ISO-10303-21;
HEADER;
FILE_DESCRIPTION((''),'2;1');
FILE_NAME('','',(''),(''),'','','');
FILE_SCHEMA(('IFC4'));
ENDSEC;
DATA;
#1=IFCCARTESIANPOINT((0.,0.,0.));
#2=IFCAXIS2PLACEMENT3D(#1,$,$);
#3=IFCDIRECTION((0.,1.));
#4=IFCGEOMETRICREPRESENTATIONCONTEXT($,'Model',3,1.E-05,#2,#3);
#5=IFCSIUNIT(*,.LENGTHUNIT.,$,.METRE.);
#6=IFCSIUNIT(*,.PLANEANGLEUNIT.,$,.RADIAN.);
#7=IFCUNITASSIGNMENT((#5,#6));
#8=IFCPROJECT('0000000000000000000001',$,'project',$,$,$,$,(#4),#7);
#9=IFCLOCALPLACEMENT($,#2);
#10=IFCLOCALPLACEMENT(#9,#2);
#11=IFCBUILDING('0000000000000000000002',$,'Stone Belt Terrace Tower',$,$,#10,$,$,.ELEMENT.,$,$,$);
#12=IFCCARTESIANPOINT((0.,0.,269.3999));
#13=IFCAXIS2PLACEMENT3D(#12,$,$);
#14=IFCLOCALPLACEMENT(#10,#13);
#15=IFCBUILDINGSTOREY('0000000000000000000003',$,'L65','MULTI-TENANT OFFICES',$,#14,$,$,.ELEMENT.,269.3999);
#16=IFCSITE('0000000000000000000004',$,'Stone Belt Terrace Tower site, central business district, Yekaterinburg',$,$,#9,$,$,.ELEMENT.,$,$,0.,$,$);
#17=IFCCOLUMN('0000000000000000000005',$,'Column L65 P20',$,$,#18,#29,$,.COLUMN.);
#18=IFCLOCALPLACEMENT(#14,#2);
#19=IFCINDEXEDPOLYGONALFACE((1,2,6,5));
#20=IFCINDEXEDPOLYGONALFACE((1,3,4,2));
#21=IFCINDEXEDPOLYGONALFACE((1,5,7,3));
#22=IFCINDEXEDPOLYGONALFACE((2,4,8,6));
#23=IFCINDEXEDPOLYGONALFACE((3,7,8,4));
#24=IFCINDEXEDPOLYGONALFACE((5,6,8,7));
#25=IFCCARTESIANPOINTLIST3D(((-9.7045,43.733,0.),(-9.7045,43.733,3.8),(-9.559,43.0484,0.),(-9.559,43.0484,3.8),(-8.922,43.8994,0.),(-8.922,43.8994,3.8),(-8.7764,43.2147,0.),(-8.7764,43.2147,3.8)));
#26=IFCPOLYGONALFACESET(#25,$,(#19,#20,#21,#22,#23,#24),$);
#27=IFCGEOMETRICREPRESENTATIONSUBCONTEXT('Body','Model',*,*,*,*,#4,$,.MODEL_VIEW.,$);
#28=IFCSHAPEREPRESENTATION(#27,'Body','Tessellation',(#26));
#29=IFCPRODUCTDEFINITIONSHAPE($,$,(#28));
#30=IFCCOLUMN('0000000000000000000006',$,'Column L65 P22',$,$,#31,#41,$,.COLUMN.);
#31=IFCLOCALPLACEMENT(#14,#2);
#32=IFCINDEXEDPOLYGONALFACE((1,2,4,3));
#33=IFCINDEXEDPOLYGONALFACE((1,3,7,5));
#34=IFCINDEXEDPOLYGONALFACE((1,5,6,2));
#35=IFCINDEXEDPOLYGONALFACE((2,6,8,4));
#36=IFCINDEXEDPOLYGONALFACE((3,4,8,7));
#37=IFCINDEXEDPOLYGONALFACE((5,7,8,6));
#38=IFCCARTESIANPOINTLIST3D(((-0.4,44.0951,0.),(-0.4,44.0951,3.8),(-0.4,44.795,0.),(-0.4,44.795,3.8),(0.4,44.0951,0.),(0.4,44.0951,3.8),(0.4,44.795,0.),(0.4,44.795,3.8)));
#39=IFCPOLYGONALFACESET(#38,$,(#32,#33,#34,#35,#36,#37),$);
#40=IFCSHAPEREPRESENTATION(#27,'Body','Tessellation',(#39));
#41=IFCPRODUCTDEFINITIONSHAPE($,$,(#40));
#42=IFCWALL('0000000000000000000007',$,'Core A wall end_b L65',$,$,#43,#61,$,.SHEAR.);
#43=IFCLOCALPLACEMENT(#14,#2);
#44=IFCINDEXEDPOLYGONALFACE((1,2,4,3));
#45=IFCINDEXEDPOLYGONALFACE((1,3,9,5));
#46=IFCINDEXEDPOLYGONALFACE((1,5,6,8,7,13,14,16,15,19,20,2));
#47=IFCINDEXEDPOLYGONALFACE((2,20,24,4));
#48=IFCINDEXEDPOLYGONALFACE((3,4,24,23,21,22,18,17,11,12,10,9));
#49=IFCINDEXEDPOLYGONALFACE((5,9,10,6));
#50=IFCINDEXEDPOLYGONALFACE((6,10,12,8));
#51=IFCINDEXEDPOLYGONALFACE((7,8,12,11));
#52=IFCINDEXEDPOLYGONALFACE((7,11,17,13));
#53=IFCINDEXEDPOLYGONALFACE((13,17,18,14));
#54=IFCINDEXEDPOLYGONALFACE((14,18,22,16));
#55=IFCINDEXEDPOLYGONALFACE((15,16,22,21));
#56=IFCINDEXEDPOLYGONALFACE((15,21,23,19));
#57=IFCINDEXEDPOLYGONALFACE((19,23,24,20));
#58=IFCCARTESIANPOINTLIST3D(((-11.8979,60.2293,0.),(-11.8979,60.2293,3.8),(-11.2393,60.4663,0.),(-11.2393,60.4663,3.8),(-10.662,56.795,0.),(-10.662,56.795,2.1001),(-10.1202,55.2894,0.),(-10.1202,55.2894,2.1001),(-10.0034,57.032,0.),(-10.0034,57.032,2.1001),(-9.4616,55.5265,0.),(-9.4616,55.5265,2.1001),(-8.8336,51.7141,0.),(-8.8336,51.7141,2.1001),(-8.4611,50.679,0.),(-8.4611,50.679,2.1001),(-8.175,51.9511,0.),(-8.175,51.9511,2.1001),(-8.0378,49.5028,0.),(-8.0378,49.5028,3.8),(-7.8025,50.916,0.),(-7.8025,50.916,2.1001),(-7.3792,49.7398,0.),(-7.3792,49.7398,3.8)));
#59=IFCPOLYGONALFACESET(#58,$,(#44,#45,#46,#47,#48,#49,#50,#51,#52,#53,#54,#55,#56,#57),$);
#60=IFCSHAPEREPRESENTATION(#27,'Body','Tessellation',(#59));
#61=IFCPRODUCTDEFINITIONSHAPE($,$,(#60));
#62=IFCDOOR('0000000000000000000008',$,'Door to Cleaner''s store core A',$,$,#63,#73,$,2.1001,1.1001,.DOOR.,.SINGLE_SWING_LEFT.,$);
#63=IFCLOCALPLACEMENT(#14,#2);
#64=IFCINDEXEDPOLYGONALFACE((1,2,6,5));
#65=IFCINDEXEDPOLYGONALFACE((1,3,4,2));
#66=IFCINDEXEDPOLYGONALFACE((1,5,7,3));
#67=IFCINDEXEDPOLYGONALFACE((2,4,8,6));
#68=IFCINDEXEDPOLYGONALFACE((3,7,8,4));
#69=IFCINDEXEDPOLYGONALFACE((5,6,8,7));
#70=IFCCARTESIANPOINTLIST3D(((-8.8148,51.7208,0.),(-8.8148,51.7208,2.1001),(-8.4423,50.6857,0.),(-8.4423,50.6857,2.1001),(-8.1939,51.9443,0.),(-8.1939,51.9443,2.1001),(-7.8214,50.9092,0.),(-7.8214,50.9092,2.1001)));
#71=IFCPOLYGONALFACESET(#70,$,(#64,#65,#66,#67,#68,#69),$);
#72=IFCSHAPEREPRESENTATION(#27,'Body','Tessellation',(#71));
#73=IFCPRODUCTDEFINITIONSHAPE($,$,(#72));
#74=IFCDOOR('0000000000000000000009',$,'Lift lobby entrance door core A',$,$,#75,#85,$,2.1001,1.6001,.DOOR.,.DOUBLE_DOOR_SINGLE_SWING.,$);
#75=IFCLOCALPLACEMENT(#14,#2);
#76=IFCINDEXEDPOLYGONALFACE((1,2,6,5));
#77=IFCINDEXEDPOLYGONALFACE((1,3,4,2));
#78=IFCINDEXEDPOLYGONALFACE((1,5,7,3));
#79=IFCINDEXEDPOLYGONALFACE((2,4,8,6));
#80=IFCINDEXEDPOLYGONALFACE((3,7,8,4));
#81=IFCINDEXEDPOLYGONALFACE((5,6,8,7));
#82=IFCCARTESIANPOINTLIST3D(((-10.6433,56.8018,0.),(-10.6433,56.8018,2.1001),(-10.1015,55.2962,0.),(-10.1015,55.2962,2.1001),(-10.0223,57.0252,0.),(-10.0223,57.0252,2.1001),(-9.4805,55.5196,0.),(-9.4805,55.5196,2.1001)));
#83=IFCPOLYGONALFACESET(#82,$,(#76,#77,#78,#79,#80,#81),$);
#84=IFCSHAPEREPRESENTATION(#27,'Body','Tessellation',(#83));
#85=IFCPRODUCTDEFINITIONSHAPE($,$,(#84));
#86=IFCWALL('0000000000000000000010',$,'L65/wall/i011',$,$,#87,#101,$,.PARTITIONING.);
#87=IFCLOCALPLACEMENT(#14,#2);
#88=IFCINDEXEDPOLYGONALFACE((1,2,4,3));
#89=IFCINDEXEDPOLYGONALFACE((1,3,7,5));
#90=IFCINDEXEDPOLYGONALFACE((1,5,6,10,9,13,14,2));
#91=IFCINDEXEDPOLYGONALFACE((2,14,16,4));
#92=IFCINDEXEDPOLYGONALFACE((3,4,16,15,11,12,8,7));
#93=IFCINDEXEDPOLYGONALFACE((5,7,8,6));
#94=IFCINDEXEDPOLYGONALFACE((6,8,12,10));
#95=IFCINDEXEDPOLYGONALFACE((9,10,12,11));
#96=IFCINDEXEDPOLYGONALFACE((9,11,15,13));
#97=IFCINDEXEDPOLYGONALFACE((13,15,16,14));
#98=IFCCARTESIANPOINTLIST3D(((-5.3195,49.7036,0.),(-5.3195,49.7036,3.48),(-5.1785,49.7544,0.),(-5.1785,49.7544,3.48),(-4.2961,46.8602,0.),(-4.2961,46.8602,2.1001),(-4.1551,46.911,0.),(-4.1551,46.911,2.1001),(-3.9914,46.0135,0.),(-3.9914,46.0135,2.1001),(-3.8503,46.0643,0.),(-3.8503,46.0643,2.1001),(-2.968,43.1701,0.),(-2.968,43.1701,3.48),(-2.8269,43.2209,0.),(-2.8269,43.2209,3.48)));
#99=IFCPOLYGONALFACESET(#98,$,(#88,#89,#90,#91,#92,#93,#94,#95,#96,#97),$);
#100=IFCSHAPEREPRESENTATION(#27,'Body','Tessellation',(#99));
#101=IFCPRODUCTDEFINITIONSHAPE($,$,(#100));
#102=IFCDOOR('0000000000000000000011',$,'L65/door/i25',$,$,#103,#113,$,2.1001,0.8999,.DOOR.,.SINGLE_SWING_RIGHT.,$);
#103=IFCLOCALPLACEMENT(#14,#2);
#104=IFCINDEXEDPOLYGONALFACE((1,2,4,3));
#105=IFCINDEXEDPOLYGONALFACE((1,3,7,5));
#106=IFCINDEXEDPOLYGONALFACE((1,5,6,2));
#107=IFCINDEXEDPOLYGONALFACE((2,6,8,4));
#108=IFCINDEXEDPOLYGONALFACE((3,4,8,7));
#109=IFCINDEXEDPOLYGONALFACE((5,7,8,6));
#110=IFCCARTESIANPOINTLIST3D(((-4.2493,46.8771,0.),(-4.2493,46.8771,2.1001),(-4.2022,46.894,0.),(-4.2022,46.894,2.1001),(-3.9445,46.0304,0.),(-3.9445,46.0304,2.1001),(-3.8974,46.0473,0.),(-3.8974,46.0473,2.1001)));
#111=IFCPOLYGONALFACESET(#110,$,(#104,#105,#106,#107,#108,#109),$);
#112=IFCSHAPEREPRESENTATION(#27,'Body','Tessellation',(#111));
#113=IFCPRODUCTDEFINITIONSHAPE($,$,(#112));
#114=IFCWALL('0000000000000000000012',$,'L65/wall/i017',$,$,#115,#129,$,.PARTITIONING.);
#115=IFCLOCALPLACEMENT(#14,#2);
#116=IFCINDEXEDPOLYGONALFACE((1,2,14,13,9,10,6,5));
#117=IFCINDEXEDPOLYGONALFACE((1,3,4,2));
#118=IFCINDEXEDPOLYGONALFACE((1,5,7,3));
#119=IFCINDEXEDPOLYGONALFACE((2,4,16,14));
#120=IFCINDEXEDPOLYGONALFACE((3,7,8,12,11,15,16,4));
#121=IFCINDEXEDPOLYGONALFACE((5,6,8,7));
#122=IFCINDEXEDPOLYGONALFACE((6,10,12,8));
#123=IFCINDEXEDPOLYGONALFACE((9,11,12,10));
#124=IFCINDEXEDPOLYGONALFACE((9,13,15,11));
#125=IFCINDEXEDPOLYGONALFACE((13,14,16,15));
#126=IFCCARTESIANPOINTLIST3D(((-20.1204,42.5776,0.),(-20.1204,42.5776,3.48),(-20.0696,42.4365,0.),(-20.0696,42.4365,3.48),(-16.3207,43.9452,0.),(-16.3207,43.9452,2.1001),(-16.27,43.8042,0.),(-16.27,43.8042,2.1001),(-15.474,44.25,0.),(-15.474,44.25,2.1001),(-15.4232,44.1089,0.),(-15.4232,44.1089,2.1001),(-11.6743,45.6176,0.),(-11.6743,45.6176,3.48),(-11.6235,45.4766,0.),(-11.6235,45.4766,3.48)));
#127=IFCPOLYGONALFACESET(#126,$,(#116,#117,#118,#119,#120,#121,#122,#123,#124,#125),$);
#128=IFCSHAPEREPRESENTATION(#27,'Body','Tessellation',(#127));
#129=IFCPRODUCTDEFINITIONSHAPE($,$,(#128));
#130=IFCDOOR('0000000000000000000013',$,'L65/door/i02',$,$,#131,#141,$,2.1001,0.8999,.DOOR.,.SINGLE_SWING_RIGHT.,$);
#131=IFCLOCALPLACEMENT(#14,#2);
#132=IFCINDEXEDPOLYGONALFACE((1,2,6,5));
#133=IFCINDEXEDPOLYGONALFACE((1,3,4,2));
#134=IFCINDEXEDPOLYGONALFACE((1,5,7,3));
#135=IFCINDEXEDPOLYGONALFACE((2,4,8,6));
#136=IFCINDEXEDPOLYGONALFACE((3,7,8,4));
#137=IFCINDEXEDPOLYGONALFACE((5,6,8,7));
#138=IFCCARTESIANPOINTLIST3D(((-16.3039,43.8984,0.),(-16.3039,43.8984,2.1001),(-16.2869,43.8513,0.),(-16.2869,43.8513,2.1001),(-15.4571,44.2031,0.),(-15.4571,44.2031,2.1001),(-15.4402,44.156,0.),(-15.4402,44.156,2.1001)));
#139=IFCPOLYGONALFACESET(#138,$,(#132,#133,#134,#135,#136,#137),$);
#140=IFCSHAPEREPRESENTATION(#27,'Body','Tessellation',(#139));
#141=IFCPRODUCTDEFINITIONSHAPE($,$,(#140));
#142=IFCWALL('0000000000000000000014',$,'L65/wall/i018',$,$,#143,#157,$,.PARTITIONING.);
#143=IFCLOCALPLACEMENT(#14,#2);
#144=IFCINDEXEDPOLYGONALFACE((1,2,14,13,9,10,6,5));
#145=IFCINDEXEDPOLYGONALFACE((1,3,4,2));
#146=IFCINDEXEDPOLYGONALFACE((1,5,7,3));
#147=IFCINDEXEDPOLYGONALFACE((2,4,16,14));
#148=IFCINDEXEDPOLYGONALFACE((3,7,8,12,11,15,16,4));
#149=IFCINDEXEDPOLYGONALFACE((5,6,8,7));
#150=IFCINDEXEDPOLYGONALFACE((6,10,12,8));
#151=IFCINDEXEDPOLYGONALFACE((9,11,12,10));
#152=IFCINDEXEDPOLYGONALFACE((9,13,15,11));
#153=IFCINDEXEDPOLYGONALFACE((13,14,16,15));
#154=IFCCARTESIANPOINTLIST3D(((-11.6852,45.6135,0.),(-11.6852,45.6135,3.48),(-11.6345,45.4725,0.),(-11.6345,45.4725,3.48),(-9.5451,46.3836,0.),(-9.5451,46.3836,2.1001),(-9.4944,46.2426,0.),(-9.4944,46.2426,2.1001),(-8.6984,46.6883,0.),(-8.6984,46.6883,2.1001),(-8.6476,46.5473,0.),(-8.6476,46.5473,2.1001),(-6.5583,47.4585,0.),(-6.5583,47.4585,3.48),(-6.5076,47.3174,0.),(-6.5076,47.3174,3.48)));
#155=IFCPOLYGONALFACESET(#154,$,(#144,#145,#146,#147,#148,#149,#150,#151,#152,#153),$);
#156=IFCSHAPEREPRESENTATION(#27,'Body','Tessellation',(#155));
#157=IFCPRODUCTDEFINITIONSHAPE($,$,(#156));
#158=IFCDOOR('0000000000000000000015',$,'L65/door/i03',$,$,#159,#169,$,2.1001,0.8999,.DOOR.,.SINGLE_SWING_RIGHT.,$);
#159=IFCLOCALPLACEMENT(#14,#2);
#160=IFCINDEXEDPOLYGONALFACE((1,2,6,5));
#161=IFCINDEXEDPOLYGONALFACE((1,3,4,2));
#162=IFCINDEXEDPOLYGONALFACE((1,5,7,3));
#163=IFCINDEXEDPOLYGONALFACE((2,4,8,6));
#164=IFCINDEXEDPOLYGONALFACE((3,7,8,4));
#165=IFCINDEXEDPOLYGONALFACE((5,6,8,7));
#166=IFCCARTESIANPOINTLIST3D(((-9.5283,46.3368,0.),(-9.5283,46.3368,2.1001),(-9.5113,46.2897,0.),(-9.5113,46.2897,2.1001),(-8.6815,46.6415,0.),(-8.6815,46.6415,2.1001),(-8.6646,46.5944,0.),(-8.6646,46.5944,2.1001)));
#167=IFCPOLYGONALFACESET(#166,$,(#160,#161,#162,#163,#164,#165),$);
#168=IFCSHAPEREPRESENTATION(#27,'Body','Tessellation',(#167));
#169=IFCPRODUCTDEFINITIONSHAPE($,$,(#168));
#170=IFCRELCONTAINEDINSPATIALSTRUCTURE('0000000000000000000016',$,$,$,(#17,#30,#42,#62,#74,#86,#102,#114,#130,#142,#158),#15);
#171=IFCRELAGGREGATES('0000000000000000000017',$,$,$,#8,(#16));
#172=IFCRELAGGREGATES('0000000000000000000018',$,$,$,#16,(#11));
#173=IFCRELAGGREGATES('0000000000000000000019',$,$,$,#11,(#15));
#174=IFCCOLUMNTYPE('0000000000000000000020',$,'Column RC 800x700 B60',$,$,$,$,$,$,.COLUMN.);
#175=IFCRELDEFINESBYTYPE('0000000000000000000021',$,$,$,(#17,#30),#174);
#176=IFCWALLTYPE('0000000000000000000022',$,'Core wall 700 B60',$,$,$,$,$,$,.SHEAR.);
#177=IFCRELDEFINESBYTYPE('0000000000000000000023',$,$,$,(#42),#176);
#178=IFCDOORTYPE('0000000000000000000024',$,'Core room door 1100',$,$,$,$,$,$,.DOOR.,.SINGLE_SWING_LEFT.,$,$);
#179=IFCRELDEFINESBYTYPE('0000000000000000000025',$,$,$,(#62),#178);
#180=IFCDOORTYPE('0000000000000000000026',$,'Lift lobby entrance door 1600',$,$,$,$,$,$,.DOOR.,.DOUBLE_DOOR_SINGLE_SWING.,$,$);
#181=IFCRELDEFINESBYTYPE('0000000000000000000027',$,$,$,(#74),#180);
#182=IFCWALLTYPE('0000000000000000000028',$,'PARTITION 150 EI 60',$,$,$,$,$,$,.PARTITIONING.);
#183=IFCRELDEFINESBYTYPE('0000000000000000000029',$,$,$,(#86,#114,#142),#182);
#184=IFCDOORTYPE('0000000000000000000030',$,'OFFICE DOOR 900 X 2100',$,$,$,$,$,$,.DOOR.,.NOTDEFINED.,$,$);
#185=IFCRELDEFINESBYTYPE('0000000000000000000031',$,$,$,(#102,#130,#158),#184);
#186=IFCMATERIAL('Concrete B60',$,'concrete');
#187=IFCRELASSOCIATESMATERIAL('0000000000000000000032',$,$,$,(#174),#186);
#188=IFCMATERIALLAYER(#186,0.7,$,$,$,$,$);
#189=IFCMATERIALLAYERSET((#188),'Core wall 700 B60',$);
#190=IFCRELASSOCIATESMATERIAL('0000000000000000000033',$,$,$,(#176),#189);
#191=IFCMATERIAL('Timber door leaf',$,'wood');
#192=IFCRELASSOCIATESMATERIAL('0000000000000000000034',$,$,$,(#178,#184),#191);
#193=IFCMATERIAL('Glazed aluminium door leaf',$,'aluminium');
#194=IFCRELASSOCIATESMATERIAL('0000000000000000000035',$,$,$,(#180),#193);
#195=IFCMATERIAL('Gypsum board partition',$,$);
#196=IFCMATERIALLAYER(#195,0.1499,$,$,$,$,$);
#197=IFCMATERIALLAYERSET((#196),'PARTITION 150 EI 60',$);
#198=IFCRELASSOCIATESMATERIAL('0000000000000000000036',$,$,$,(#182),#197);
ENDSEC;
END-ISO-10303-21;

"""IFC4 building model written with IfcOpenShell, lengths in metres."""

from ifc_helpers import new_model, si_unit, direction, frame, frame_2d, origin, origin_2d, place, context, subcontext, project, spatial, rectangle, extrude, material, layer, layer_set, material_profile, profile_set, type_object, element, fill, save


model = new_model("IFC4")

# Units and contexts
model_context = context("Model", 3, precision=1e-05, world=origin(), true_north=direction((0.0, 1.0)))
body_context = subcontext(model_context, "Body", "Model", "MODEL_VIEW")
ifc_project = project(units=[si_unit("LENGTHUNIT", "METRE"), si_unit("PLANEANGLEUNIT", "RADIAN")], contexts=[model_context])

# Site, building, storey
site_placement = place(None, origin())
site = spatial("IfcSite", under=ifc_project, at=site_placement, Name="Stone Belt Terrace Tower site, central business district, Yekaterinburg", CompositionType="ELEMENT", RefElevation=0.0)
building_placement = place(site_placement, origin())
building = spatial("IfcBuilding", under=site, at=building_placement, Name="Stone Belt Terrace Tower", CompositionType="ELEMENT")
storey_placement = place(building_placement, frame((0.0, 0.0, 269.3999)))
storey = spatial("IfcBuildingStorey", under=building, at=storey_placement, Name="L65", Description="MULTI-TENANT OFFICES", CompositionType="ELEMENT", Elevation=269.3999)

# Columns
ifc_material_1 = material(Name="Concrete B60", Category="concrete")
ifc_material_profile = material_profile(ifc_material_1, rectangle(XDim=0.8, YDim=0.7, at=origin_2d()), Name="RC 800x700")
ifc_profile_set = profile_set([ifc_material_profile], Name="Concrete B60")
column_type = type_object("IfcColumnType", Name="Column RC 800x700 B60", PredefinedType="COLUMN", material=ifc_profile_set)
for number, where, z_axis, x_axis, name in (
    (1, (-9.2405, 43.4739, 0.0), (0.0, 0.0, 1.0), (0.978148, 0.207912, 0.0), "Column L65 P20"),
    (2, (0.0, 44.4451, 0.0), (0.0, 0.0, 1.0), (1.0, 0.0, 0.0), "Column L65 P22"),
):
    element("IfcColumn", number, at=place(storey_placement, frame(where, z_axis=z_axis, x_axis=x_axis)), inside=storey, type_object=column_type, Name=name, PredefinedType="COLUMN", context=body_context, shape_type="SweptSolid", body=[
        extrude(rectangle(XDim=0.8, YDim=0.7, at=origin_2d()), origin(), (0.0, 0.0, 1.0), 3.8),
    ])

# Wall, openings, doors
ifc_layer_1 = layer(ifc_material_1, 0.7)
ifc_layer_set_1 = layer_set([ifc_layer_1], Name="Core wall 700 B60")
wall_type_1 = type_object("IfcWallType", Name="Core wall 700 B60", PredefinedType="SHEAR", material=ifc_layer_set_1)
wall_1_placement = place(storey_placement, frame((-7.7085, 49.6213, 0.0), z_axis=(0.0, 0.0, 1.0), x_axis=(-0.338606, 0.940928, 0.0)))
wall_1 = element("IfcWall", 3, at=wall_1_placement, inside=storey, type_object=wall_type_1, Name="Core A wall end_b L65", PredefinedType="SHEAR", context=body_context, shape_type="SweptSolid", body=[
    extrude(rectangle(XDim=11.3999, YDim=0.7, at=frame_2d((5.7, 0.0))), origin(), (0.0, 0.0, 1.0), 3.8),
])
opening_1_placement = place(wall_1_placement, frame((6.1499, 0.0, 0.0)))
opening_1 = element("IfcOpeningElement", 4, at=opening_1_placement, cuts=wall_1, PredefinedType="OPENING", context=body_context, shape_type="SweptSolid", body=[
    extrude(rectangle(XDim=1.6001, YDim=2.1001, at=frame_2d((0.8, 1.05))), frame((0.0, 0.3599, 0.0), z_axis=(0.0, -1.0, 0.0), x_axis=(1.0, 0.0, 0.0)), (0.0, 0.0, 1.0), 0.72),
])
opening_2_placement = place(wall_1_placement, frame((1.25, 0.0, 0.0)))
opening_2 = element("IfcOpeningElement", 5, at=opening_2_placement, cuts=wall_1, PredefinedType="OPENING", context=body_context, shape_type="SweptSolid", body=[
    extrude(rectangle(XDim=1.1001, YDim=2.1001, at=frame_2d((0.55, 1.05))), frame((0.0, 0.3599, 0.0), z_axis=(0.0, -1.0, 0.0), x_axis=(1.0, 0.0, 0.0)), (0.0, 0.0, 1.0), 0.72),
])
ifc_material_2 = material(Name="Timber door leaf", Category="wood")
door_type_1 = type_object("IfcDoorType", Name="Core room door 1100", OperationType="SINGLE_SWING_LEFT", PredefinedType="DOOR", material=ifc_material_2)
door_1_placement = place(opening_2_placement, origin())
door_1 = element("IfcDoor", 6, at=door_1_placement, inside=storey, type_object=door_type_1, Name="Door to Cleaner's store core A", OperationType="SINGLE_SWING_LEFT", OverallHeight=2.1001, OverallWidth=1.1001, PredefinedType="DOOR", context=body_context, shape_type="SweptSolid", body=[
    extrude(rectangle(XDim=1.1001, YDim=2.1001, at=frame_2d((0.55, 1.05))), frame((0.0, 0.3301, 0.0), z_axis=(0.0, -1.0, 0.0), x_axis=(1.0, 0.0, 0.0)), (0.0, 0.0, 1.0), 0.6599),
])
fill(opening_2, door_1)
ifc_material_3 = material(Name="Glazed aluminium door leaf", Category="aluminium")
door_type_2 = type_object("IfcDoorType", Name="Lift lobby entrance door 1600", OperationType="DOUBLE_DOOR_SINGLE_SWING", PredefinedType="DOOR", material=ifc_material_3)
door_2_placement = place(opening_1_placement, origin())
door_2 = element("IfcDoor", 7, at=door_2_placement, inside=storey, type_object=door_type_2, Name="Lift lobby entrance door core A", OperationType="DOUBLE_DOOR_SINGLE_SWING", OverallHeight=2.1001, OverallWidth=1.6001, PredefinedType="DOOR", context=body_context, shape_type="SweptSolid", body=[
    extrude(rectangle(XDim=1.6001, YDim=2.1001, at=frame_2d((0.8, 1.05))), frame((0.0, 0.3301, 0.0), z_axis=(0.0, -1.0, 0.0), x_axis=(1.0, 0.0, 0.0)), (0.0, 0.0, 1.0), 0.6599),
])
fill(opening_1, door_2)

# Walls, openings, doors
ifc_material_4 = material(Name="Gypsum board partition")
ifc_layer_2 = layer(ifc_material_4, 0.1499)
ifc_layer_set_2 = layer_set([ifc_layer_2], Name="PARTITION 150 EI 60")
wall_type_2 = type_object("IfcWallType", Name="PARTITION 150 EI 60", PredefinedType="PARTITIONING", material=ifc_layer_set_2)
wall_2_placement = place(storey_placement, frame((-5.249, 49.729, 0.0), z_axis=(0.0, 0.0, 1.0), x_axis=(0.338658, -0.940909, 0.0)))
wall_2 = element("IfcWall", 8, at=wall_2_placement, inside=storey, type_object=wall_type_2, Name="L65/wall/i011", PredefinedType="PARTITIONING", context=body_context, shape_type="SweptSolid", body=[
    extrude(rectangle(XDim=6.9438, YDim=0.1499, at=frame_2d((3.4719, 0.0))), origin(), (0.0, 0.0, 1.0), 3.48),
])
opening_3_placement = place(wall_2_placement, frame((3.022, 0.0, 0.0)))
opening_3 = element("IfcOpeningElement", 9, at=opening_3_placement, cuts=wall_2, PredefinedType="OPENING", context=body_context, shape_type="SweptSolid", body=[
    extrude(rectangle(XDim=0.8999, YDim=2.1001, at=frame_2d((0.45, 1.05))), frame((0.0, 0.085, 0.0), z_axis=(0.0, -1.0, 0.0), x_axis=(1.0, 0.0, 0.0)), (0.0, 0.0, 1.0), 0.1699),
])
door_type_3 = type_object("IfcDoorType", Name="OFFICE DOOR 900 X 2100", OperationType="NOTDEFINED", PredefinedType="DOOR", material=ifc_material_2)
door_3_placement = place(opening_3_placement, origin())
door_3 = element("IfcDoor", 10, at=door_3_placement, inside=storey, type_object=door_type_3, Name="L65/door/i25", OperationType="SINGLE_SWING_RIGHT", OverallHeight=2.1001, OverallWidth=0.8999, PredefinedType="DOOR", context=body_context, shape_type="SweptSolid", body=[
    extrude(rectangle(XDim=0.8999, YDim=2.1001, at=frame_2d((0.45, 1.05))), frame((0.0, 0.0249, 0.0), z_axis=(0.0, -1.0, 0.0), x_axis=(1.0, 0.0, 0.0)), (0.0, 0.0, 1.0), 0.05),
])
fill(opening_3, door_3)
wall_3_placement = place(storey_placement, frame((-11.6489, 45.5471, 0.0), z_axis=(0.0, 0.0, 1.0), x_axis=(-0.940906, -0.338666, 0.0)))
wall_3 = element("IfcWall", 11, at=wall_3_placement, inside=storey, type_object=wall_type_2, Name="L65/wall/i017", PredefinedType="PARTITIONING", context=body_context, shape_type="SweptSolid", body=[
    extrude(rectangle(XDim=8.9766, YDim=0.1499, at=frame_2d((4.4883, 0.0))), origin(), (0.0, 0.0, 1.0), 3.48),
])
opening_4_placement = place(wall_3_placement, frame((4.0383, 0.0, 0.0)))
opening_4 = element("IfcOpeningElement", 12, at=opening_4_placement, cuts=wall_3, PredefinedType="OPENING", context=body_context, shape_type="SweptSolid", body=[
    extrude(rectangle(XDim=0.8999, YDim=2.1001, at=frame_2d((0.45, 1.05))), frame((0.0, 0.085, 0.0), z_axis=(0.0, -1.0, 0.0), x_axis=(1.0, 0.0, 0.0)), (0.0, 0.0, 1.0), 0.1699),
])
door_4_placement = place(opening_4_placement, origin())
door_4 = element("IfcDoor", 13, at=door_4_placement, inside=storey, type_object=door_type_3, Name="L65/door/i02", OperationType="SINGLE_SWING_RIGHT", OverallHeight=2.1001, OverallWidth=0.8999, PredefinedType="DOOR", context=body_context, shape_type="SweptSolid", body=[
    extrude(rectangle(XDim=0.8999, YDim=2.1001, at=frame_2d((0.45, 1.05))), frame((0.0, 0.0249, 0.0), z_axis=(0.0, -1.0, 0.0), x_axis=(1.0, 0.0, 0.0)), (0.0, 0.0, 1.0), 0.05),
])
fill(opening_4, door_4)
wall_4_placement = place(storey_placement, frame((-6.533, 47.3879, 0.0), z_axis=(0.0, 0.0, 1.0), x_axis=(-0.94093, -0.3386, 0.0)))
wall_4 = element("IfcWall", 14, at=wall_4_placement, inside=storey, type_object=wall_type_2, Name="L65/wall/i018", PredefinedType="PARTITIONING", context=body_context, shape_type="SweptSolid", body=[
    extrude(rectangle(XDim=5.4487, YDim=0.1499, at=frame_2d((2.7244, 0.0))), origin(), (0.0, 0.0, 1.0), 3.48),
])
opening_5_placement = place(wall_4_placement, frame((2.2744, 0.0, 0.0)))
opening_5 = element("IfcOpeningElement", 15, at=opening_5_placement, cuts=wall_4, PredefinedType="OPENING", context=body_context, shape_type="SweptSolid", body=[
    extrude(rectangle(XDim=0.8999, YDim=2.1001, at=frame_2d((0.45, 1.05))), frame((0.0, 0.085, 0.0), z_axis=(0.0, -1.0, 0.0), x_axis=(1.0, 0.0, 0.0)), (0.0, 0.0, 1.0), 0.1699),
])
door_5_placement = place(opening_5_placement, origin())
door_5 = element("IfcDoor", 16, at=door_5_placement, inside=storey, type_object=door_type_3, Name="L65/door/i03", OperationType="SINGLE_SWING_RIGHT", OverallHeight=2.1001, OverallWidth=0.8999, PredefinedType="DOOR", context=body_context, shape_type="SweptSolid", body=[
    extrude(rectangle(XDim=0.8999, YDim=2.1001, at=frame_2d((0.45, 1.05))), frame((0.0, 0.0249, 0.0), z_axis=(0.0, -1.0, 0.0), x_axis=(1.0, 0.0, 0.0)), (0.0, 0.0, 1.0), 0.05),
])
fill(opening_5, door_5)

save(model, "model.ifc")
